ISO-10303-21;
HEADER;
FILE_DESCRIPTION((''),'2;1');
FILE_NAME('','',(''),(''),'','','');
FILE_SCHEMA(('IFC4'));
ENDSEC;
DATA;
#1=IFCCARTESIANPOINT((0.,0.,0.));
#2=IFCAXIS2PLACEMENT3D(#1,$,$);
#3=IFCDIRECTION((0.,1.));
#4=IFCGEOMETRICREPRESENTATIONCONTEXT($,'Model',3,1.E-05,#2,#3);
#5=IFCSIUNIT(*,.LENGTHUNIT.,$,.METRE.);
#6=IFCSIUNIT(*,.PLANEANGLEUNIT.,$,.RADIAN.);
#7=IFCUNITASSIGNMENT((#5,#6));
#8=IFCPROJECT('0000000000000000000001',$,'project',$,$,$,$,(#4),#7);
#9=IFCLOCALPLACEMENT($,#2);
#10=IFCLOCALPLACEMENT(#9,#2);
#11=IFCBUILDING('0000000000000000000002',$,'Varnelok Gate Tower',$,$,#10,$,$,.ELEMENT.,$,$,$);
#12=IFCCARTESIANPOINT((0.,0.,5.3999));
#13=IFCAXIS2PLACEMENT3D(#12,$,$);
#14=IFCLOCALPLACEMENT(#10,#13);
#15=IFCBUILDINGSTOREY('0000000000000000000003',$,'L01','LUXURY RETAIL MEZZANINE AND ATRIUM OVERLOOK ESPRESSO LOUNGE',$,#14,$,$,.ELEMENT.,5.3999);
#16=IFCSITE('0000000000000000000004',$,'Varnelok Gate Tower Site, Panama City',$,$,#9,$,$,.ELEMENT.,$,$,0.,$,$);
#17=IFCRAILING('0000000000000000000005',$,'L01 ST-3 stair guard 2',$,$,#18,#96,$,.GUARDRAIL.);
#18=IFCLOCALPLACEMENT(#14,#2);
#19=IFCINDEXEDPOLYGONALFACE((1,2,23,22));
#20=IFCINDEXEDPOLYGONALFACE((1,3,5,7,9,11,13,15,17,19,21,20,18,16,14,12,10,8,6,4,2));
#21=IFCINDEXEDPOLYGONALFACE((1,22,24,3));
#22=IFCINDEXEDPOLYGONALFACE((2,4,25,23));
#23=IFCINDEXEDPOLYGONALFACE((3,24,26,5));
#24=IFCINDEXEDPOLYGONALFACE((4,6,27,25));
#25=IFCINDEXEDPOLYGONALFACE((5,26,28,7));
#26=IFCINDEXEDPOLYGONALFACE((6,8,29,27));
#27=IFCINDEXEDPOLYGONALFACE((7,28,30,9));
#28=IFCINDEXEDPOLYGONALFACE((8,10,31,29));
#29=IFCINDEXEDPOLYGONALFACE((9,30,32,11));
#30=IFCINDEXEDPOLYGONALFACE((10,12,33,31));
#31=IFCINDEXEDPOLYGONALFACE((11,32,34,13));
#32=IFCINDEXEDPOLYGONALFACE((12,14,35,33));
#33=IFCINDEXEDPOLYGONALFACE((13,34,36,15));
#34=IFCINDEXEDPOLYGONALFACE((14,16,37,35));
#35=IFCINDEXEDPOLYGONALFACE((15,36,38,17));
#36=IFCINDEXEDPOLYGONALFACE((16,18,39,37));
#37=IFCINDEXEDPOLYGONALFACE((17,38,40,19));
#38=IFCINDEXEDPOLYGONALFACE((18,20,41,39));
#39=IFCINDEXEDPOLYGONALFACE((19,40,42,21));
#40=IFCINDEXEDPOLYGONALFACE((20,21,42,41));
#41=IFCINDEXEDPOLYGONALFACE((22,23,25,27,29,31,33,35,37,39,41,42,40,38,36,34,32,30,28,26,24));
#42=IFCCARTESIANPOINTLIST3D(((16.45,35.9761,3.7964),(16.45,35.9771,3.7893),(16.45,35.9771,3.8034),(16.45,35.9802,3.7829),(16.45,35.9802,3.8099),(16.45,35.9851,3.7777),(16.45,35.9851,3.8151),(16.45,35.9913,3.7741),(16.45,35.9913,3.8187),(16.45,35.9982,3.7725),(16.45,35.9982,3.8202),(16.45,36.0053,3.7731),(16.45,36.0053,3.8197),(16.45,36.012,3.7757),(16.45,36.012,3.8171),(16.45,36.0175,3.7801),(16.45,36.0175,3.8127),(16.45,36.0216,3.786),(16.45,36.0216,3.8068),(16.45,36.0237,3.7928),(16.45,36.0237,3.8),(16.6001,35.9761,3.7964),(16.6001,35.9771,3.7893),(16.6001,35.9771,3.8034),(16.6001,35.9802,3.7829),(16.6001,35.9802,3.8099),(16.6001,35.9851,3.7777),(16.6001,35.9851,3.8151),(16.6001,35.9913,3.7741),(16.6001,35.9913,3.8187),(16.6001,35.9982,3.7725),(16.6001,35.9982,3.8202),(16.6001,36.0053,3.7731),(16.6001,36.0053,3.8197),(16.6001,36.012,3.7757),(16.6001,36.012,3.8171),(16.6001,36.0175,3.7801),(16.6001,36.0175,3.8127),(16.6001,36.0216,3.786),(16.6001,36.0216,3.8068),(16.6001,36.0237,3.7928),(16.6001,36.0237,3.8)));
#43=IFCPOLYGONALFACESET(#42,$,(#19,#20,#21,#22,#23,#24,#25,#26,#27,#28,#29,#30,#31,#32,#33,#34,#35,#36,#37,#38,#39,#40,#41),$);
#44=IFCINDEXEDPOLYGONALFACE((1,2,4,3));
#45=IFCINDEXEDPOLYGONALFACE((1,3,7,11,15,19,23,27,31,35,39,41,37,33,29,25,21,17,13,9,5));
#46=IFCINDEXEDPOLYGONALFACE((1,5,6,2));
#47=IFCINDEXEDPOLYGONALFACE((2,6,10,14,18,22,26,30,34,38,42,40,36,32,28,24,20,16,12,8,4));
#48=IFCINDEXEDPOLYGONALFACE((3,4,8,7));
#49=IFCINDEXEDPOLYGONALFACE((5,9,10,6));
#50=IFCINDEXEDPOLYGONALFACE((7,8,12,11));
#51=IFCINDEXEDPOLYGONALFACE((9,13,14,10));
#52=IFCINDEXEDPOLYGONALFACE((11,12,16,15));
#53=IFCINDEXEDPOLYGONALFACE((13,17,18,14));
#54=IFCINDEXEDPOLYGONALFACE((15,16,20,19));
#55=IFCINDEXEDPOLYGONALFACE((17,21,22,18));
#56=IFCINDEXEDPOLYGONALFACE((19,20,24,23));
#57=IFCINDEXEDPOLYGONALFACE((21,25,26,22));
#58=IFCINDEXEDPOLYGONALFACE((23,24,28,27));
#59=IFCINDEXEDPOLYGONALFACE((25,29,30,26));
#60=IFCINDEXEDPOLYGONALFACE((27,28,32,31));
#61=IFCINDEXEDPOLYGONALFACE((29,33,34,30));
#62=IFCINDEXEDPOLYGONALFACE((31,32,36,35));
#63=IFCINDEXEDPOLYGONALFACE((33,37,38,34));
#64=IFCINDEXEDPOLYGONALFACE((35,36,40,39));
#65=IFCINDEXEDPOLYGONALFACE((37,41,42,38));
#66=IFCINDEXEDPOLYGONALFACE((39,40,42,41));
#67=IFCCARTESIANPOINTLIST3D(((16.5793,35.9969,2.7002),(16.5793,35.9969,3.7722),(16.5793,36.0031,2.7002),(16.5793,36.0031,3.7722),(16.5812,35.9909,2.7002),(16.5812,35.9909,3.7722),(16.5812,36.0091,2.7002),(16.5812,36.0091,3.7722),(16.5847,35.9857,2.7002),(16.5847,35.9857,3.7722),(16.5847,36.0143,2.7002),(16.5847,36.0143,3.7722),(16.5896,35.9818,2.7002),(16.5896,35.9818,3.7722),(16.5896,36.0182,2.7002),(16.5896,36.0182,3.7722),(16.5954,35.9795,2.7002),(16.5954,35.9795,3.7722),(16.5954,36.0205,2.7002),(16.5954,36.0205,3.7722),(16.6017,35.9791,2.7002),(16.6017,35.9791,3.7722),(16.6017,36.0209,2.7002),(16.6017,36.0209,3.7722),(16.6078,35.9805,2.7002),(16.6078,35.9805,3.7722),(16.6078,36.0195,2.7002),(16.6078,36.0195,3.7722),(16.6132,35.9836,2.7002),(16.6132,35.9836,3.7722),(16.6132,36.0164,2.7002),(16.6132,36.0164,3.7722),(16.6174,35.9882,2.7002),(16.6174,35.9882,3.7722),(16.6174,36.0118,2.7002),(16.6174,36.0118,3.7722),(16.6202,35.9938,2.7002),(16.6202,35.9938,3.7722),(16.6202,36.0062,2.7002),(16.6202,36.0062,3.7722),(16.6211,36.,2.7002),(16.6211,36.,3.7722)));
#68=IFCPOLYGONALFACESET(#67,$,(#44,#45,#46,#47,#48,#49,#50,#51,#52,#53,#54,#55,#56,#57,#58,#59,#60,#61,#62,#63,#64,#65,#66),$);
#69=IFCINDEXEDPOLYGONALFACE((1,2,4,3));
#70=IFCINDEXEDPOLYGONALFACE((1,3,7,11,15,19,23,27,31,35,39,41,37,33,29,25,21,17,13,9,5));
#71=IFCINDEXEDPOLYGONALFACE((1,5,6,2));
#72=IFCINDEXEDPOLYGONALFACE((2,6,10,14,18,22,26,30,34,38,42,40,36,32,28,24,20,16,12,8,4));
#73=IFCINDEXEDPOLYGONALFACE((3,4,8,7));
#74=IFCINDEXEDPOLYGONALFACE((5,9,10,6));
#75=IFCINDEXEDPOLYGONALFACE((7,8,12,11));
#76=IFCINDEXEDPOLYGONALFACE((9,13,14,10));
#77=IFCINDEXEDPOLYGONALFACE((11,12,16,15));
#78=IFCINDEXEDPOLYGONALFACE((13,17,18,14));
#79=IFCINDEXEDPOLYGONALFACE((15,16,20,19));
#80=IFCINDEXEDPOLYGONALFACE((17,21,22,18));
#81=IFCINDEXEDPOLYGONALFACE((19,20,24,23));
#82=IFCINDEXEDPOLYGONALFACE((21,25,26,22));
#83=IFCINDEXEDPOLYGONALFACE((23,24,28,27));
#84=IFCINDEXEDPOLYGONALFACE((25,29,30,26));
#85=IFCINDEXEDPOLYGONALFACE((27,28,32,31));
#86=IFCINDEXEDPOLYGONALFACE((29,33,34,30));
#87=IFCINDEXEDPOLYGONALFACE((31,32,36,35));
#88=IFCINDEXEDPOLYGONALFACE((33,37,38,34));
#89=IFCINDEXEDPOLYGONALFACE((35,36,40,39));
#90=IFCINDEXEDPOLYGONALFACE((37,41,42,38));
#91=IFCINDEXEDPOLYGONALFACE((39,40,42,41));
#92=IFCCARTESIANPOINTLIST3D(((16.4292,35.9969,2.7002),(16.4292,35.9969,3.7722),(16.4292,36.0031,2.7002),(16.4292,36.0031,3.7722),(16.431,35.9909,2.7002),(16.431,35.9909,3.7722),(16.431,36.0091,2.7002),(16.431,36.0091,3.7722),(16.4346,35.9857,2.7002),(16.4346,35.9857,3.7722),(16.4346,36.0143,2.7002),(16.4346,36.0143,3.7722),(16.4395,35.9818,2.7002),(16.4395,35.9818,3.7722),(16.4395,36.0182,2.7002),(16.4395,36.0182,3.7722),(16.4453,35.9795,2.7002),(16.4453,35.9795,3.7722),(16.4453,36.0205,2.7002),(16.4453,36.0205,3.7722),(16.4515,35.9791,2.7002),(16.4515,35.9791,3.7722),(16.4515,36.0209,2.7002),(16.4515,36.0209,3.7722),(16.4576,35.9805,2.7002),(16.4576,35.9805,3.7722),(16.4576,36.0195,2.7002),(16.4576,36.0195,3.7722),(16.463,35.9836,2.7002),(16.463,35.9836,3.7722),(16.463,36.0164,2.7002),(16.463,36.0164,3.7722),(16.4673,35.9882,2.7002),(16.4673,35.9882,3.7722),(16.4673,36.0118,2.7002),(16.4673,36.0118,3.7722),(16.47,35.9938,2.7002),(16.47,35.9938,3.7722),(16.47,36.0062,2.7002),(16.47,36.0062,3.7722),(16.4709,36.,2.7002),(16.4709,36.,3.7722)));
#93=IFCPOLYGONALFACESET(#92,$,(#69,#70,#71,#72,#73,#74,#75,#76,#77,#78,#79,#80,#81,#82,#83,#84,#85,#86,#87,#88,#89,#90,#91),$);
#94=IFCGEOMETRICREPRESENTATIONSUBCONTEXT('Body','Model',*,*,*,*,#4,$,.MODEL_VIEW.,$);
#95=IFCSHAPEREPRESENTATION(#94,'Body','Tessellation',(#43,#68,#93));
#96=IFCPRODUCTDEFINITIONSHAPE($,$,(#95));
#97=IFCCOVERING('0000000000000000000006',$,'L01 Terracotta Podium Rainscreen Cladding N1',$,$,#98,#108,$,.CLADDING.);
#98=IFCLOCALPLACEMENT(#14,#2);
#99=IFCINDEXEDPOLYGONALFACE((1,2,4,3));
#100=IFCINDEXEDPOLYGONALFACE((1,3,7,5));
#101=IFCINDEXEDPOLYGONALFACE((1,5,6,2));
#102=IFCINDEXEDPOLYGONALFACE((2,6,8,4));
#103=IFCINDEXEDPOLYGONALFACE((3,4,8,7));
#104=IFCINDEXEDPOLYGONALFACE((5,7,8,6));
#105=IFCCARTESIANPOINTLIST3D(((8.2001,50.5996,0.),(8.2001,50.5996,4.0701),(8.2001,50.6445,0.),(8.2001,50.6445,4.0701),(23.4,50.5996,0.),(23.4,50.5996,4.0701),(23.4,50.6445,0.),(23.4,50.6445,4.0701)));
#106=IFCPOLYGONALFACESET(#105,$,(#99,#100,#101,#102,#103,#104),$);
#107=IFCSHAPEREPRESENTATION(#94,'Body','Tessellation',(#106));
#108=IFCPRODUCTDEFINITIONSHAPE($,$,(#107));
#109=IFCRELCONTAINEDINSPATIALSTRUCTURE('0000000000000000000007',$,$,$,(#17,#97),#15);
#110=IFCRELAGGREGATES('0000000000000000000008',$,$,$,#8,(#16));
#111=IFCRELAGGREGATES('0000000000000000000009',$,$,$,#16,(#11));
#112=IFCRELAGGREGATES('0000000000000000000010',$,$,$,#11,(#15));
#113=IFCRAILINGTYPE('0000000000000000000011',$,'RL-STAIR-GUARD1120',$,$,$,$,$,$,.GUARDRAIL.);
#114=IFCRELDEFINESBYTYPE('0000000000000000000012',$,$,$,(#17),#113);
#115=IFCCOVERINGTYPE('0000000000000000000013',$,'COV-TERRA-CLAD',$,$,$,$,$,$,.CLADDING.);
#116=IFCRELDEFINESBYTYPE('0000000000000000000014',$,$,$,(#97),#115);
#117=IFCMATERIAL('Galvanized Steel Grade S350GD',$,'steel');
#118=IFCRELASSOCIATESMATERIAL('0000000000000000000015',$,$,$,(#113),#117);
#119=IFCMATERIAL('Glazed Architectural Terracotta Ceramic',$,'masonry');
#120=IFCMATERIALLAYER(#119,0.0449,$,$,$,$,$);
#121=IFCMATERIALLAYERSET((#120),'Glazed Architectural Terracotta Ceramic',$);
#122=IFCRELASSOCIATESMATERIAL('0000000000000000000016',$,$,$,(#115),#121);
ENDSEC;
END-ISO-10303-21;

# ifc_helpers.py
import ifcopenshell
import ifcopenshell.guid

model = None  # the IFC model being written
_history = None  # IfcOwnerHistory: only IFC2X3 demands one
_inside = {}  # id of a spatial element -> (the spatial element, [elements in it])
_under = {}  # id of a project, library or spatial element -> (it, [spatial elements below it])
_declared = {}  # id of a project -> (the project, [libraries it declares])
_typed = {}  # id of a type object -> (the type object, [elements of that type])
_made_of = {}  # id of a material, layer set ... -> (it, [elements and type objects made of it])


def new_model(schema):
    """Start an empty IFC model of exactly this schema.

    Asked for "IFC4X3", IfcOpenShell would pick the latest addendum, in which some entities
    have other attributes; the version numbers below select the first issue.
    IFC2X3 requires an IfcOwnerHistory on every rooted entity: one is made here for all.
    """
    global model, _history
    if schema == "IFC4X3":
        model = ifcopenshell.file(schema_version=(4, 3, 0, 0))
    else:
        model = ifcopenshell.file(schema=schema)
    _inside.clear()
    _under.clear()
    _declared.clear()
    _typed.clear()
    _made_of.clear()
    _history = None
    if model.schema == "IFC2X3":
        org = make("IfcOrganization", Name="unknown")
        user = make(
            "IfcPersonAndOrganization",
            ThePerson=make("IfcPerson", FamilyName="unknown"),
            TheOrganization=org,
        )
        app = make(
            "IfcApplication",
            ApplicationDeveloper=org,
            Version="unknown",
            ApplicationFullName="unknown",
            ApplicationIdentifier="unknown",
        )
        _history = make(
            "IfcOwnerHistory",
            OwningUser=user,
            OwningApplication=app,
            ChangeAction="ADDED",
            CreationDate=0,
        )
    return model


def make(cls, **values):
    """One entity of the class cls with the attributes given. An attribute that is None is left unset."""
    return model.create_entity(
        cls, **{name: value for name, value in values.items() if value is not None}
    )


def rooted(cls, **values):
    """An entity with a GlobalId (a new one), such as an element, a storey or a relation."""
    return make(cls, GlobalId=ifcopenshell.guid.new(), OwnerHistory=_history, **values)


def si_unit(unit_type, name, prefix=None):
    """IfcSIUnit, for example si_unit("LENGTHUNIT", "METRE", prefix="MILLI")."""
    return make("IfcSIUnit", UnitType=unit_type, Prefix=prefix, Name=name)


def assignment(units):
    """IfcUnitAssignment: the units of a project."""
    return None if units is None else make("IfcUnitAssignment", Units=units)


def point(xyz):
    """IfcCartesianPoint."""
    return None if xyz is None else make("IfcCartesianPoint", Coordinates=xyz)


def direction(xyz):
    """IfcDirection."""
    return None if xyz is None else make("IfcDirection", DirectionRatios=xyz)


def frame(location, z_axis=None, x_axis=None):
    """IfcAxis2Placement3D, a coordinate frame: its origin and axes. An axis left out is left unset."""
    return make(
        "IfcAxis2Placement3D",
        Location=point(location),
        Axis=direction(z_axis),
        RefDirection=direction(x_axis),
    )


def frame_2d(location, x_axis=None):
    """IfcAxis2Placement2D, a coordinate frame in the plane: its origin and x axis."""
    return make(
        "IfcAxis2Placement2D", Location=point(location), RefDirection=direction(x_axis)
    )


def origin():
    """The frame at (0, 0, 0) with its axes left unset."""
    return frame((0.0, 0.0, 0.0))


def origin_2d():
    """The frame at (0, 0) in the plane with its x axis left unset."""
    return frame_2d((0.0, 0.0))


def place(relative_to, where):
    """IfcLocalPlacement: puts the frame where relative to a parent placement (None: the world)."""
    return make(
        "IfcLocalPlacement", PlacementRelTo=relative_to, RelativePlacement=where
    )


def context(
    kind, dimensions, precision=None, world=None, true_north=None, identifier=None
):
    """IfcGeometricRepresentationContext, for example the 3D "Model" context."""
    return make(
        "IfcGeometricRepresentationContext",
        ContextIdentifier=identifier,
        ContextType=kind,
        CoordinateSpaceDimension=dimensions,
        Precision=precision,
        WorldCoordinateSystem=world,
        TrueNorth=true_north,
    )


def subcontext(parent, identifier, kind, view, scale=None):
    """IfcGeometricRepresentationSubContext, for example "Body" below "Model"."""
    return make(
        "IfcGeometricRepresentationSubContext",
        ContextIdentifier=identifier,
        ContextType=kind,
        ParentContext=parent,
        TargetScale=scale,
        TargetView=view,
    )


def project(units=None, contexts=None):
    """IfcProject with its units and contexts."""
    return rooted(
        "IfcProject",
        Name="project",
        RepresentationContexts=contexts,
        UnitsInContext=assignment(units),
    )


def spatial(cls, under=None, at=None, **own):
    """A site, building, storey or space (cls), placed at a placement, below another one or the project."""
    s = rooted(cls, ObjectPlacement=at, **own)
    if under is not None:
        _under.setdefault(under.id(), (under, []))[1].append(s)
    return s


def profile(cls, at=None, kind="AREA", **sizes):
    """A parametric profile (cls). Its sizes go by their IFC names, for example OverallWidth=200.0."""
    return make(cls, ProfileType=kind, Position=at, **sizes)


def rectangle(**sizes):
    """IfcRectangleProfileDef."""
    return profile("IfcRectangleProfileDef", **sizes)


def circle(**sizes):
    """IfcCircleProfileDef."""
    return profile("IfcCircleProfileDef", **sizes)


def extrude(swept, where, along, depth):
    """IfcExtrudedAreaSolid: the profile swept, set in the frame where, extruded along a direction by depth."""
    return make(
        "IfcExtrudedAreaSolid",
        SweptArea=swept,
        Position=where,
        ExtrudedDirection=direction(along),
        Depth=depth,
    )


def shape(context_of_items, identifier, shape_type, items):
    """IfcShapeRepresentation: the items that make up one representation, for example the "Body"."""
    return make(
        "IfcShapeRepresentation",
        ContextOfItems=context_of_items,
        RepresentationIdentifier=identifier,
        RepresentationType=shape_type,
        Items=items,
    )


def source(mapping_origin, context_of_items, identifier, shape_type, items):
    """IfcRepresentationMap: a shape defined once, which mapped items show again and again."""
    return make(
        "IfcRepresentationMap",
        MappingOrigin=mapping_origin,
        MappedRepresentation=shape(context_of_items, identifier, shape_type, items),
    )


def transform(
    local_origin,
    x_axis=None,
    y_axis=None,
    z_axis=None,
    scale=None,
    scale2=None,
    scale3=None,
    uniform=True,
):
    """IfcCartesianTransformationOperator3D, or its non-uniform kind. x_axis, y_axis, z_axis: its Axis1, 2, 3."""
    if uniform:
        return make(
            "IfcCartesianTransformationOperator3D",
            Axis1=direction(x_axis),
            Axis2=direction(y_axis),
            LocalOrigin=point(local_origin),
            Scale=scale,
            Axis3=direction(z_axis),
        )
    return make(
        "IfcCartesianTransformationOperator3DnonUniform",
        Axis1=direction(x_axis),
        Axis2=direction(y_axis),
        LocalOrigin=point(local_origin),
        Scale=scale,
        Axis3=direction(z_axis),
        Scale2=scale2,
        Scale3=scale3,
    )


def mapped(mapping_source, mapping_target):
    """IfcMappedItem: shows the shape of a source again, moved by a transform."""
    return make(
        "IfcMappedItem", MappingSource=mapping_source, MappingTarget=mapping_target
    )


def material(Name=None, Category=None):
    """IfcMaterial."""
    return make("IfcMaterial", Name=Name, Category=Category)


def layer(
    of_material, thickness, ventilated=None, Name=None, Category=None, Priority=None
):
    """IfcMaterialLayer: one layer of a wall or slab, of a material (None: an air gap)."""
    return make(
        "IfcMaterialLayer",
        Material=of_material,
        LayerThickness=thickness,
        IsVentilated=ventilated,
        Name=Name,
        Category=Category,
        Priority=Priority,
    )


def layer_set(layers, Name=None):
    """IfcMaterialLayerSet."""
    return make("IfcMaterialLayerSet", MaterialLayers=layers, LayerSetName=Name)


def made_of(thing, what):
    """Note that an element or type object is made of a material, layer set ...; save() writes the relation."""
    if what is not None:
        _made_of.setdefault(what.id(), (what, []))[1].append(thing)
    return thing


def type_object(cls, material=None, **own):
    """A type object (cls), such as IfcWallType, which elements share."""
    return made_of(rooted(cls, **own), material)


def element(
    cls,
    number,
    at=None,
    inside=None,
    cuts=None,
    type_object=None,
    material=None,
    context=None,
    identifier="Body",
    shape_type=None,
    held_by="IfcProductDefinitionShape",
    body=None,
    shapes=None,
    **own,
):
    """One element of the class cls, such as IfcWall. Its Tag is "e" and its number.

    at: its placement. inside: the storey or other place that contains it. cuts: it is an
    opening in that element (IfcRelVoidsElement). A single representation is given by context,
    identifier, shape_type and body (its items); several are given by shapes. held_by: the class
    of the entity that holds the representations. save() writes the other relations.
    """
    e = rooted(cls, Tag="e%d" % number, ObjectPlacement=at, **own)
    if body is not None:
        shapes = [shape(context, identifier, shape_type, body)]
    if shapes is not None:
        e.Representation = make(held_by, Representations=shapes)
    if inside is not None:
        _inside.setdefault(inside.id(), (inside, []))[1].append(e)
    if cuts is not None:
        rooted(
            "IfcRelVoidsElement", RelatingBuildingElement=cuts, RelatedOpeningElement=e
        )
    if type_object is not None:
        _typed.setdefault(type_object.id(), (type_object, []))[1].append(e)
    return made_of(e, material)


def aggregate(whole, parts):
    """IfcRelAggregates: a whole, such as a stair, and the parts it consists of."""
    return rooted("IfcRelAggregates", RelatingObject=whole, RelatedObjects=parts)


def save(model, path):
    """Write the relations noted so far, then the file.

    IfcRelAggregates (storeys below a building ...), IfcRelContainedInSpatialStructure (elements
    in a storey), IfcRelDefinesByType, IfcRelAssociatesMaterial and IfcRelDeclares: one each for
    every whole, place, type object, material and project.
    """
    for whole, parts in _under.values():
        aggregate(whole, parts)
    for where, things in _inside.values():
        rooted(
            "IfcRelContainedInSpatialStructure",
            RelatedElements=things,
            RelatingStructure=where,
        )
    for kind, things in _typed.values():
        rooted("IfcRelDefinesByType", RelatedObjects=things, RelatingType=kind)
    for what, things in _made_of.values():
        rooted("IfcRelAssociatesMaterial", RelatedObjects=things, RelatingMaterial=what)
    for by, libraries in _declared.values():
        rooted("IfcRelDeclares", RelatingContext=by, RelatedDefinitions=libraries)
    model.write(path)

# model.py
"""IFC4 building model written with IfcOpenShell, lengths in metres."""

from ifc_helpers import new_model, si_unit, direction, frame, origin, origin_2d, place, context, subcontext, project, spatial, rectangle, circle, extrude, source, transform, mapped, material, layer, layer_set, type_object, element, save


model = new_model("IFC4")

# Units and contexts
model_context = context("Model", 3, precision=1e-05, world=origin(), true_north=direction((0.0, 1.0)))
body_context = subcontext(model_context, "Body", "Model", "MODEL_VIEW")
ifc_project = project(units=[si_unit("LENGTHUNIT", "METRE"), si_unit("PLANEANGLEUNIT", "RADIAN")], contexts=[model_context])

# Site, building, storey
site_placement = place(None, origin())
site = spatial("IfcSite", under=ifc_project, at=site_placement, Name="Varnelok Gate Tower Site, Panama City", CompositionType="ELEMENT", RefElevation=0.0)
building_placement = place(site_placement, origin())
building = spatial("IfcBuilding", under=site, at=building_placement, Name="Varnelok Gate Tower", CompositionType="ELEMENT")
storey_placement = place(building_placement, frame((0.0, 0.0, 5.3999)))
storey = spatial("IfcBuildingStorey", under=building, at=storey_placement, Name="L01", Description="LUXURY RETAIL MEZZANINE AND ATRIUM OVERLOOK ESPRESSO LOUNGE", CompositionType="ELEMENT", Elevation=5.3999)

# Railing
ifc_material_1 = material(Name="Galvanized Steel Grade S350GD", Category="steel")
railing_type = type_object("IfcRailingType", Name="RL-STAIR-GUARD1120", PredefinedType="GUARDRAIL", material=ifc_material_1)
railing_placement = place(storey_placement, frame((16.6001, 36.0, 2.7002)))
element("IfcRailing", 1, at=railing_placement, inside=storey, type_object=railing_type, Name="L01 ST-3 stair guard 2", PredefinedType="GUARDRAIL", context=body_context, shape_type="SweptSolid", body=[
    extrude(circle(Radius=0.0239, at=origin_2d()), frame((0.0, 0.0, 1.0962), z_axis=(-1.0, 0.0, 0.0), x_axis=(0.0, -1.0, 0.0)), (0.0, 0.0, 1.0), 0.1501),
    extrude(circle(Radius=0.021, at=origin_2d()), origin(), (0.0, 0.0, 1.0), 1.072),
    extrude(circle(Radius=0.021, at=origin_2d()), frame((-0.1501, 0.0, 0.0)), (0.0, 0.0, 1.0), 1.072),
])

# Covering
ifc_material_2 = material(Name="Glazed Architectural Terracotta Ceramic", Category="masonry")
ifc_layer_1 = layer(ifc_material_2, 0.0449)
ifc_layer_set_1 = layer_set([ifc_layer_1], Name="Glazed Architectural Terracotta Ceramic")
covering_type = type_object("IfcCoveringType", Name="COV-TERRA-CLAD", PredefinedType="CLADDING", material=ifc_layer_set_1)
shared_shape = source(origin(), body_context, "Body", "SweptSolid", [
    extrude(rectangle(XDim=15.2, YDim=0.0449, at=origin_2d()), origin(), (0.0, 0.0, 1.0), 4.0701),
])
covering_placement = place(storey_placement, frame((15.8, 50.6221, 0.0), z_axis=(0.0, 0.0, 1.0), x_axis=(1.0, 0.0, 0.0)))
element("IfcCovering", 2, at=covering_placement, inside=storey, type_object=covering_type, Name="L01 Terracotta Podium Rainscreen Cladding N1", PredefinedType="CLADDING", context=body_context, shape_type="MappedRepresentation", body=[
    mapped(shared_shape, transform((0.0, 0.0, 0.0), scale=1.0)),
])

save(model, "model.ifc")
